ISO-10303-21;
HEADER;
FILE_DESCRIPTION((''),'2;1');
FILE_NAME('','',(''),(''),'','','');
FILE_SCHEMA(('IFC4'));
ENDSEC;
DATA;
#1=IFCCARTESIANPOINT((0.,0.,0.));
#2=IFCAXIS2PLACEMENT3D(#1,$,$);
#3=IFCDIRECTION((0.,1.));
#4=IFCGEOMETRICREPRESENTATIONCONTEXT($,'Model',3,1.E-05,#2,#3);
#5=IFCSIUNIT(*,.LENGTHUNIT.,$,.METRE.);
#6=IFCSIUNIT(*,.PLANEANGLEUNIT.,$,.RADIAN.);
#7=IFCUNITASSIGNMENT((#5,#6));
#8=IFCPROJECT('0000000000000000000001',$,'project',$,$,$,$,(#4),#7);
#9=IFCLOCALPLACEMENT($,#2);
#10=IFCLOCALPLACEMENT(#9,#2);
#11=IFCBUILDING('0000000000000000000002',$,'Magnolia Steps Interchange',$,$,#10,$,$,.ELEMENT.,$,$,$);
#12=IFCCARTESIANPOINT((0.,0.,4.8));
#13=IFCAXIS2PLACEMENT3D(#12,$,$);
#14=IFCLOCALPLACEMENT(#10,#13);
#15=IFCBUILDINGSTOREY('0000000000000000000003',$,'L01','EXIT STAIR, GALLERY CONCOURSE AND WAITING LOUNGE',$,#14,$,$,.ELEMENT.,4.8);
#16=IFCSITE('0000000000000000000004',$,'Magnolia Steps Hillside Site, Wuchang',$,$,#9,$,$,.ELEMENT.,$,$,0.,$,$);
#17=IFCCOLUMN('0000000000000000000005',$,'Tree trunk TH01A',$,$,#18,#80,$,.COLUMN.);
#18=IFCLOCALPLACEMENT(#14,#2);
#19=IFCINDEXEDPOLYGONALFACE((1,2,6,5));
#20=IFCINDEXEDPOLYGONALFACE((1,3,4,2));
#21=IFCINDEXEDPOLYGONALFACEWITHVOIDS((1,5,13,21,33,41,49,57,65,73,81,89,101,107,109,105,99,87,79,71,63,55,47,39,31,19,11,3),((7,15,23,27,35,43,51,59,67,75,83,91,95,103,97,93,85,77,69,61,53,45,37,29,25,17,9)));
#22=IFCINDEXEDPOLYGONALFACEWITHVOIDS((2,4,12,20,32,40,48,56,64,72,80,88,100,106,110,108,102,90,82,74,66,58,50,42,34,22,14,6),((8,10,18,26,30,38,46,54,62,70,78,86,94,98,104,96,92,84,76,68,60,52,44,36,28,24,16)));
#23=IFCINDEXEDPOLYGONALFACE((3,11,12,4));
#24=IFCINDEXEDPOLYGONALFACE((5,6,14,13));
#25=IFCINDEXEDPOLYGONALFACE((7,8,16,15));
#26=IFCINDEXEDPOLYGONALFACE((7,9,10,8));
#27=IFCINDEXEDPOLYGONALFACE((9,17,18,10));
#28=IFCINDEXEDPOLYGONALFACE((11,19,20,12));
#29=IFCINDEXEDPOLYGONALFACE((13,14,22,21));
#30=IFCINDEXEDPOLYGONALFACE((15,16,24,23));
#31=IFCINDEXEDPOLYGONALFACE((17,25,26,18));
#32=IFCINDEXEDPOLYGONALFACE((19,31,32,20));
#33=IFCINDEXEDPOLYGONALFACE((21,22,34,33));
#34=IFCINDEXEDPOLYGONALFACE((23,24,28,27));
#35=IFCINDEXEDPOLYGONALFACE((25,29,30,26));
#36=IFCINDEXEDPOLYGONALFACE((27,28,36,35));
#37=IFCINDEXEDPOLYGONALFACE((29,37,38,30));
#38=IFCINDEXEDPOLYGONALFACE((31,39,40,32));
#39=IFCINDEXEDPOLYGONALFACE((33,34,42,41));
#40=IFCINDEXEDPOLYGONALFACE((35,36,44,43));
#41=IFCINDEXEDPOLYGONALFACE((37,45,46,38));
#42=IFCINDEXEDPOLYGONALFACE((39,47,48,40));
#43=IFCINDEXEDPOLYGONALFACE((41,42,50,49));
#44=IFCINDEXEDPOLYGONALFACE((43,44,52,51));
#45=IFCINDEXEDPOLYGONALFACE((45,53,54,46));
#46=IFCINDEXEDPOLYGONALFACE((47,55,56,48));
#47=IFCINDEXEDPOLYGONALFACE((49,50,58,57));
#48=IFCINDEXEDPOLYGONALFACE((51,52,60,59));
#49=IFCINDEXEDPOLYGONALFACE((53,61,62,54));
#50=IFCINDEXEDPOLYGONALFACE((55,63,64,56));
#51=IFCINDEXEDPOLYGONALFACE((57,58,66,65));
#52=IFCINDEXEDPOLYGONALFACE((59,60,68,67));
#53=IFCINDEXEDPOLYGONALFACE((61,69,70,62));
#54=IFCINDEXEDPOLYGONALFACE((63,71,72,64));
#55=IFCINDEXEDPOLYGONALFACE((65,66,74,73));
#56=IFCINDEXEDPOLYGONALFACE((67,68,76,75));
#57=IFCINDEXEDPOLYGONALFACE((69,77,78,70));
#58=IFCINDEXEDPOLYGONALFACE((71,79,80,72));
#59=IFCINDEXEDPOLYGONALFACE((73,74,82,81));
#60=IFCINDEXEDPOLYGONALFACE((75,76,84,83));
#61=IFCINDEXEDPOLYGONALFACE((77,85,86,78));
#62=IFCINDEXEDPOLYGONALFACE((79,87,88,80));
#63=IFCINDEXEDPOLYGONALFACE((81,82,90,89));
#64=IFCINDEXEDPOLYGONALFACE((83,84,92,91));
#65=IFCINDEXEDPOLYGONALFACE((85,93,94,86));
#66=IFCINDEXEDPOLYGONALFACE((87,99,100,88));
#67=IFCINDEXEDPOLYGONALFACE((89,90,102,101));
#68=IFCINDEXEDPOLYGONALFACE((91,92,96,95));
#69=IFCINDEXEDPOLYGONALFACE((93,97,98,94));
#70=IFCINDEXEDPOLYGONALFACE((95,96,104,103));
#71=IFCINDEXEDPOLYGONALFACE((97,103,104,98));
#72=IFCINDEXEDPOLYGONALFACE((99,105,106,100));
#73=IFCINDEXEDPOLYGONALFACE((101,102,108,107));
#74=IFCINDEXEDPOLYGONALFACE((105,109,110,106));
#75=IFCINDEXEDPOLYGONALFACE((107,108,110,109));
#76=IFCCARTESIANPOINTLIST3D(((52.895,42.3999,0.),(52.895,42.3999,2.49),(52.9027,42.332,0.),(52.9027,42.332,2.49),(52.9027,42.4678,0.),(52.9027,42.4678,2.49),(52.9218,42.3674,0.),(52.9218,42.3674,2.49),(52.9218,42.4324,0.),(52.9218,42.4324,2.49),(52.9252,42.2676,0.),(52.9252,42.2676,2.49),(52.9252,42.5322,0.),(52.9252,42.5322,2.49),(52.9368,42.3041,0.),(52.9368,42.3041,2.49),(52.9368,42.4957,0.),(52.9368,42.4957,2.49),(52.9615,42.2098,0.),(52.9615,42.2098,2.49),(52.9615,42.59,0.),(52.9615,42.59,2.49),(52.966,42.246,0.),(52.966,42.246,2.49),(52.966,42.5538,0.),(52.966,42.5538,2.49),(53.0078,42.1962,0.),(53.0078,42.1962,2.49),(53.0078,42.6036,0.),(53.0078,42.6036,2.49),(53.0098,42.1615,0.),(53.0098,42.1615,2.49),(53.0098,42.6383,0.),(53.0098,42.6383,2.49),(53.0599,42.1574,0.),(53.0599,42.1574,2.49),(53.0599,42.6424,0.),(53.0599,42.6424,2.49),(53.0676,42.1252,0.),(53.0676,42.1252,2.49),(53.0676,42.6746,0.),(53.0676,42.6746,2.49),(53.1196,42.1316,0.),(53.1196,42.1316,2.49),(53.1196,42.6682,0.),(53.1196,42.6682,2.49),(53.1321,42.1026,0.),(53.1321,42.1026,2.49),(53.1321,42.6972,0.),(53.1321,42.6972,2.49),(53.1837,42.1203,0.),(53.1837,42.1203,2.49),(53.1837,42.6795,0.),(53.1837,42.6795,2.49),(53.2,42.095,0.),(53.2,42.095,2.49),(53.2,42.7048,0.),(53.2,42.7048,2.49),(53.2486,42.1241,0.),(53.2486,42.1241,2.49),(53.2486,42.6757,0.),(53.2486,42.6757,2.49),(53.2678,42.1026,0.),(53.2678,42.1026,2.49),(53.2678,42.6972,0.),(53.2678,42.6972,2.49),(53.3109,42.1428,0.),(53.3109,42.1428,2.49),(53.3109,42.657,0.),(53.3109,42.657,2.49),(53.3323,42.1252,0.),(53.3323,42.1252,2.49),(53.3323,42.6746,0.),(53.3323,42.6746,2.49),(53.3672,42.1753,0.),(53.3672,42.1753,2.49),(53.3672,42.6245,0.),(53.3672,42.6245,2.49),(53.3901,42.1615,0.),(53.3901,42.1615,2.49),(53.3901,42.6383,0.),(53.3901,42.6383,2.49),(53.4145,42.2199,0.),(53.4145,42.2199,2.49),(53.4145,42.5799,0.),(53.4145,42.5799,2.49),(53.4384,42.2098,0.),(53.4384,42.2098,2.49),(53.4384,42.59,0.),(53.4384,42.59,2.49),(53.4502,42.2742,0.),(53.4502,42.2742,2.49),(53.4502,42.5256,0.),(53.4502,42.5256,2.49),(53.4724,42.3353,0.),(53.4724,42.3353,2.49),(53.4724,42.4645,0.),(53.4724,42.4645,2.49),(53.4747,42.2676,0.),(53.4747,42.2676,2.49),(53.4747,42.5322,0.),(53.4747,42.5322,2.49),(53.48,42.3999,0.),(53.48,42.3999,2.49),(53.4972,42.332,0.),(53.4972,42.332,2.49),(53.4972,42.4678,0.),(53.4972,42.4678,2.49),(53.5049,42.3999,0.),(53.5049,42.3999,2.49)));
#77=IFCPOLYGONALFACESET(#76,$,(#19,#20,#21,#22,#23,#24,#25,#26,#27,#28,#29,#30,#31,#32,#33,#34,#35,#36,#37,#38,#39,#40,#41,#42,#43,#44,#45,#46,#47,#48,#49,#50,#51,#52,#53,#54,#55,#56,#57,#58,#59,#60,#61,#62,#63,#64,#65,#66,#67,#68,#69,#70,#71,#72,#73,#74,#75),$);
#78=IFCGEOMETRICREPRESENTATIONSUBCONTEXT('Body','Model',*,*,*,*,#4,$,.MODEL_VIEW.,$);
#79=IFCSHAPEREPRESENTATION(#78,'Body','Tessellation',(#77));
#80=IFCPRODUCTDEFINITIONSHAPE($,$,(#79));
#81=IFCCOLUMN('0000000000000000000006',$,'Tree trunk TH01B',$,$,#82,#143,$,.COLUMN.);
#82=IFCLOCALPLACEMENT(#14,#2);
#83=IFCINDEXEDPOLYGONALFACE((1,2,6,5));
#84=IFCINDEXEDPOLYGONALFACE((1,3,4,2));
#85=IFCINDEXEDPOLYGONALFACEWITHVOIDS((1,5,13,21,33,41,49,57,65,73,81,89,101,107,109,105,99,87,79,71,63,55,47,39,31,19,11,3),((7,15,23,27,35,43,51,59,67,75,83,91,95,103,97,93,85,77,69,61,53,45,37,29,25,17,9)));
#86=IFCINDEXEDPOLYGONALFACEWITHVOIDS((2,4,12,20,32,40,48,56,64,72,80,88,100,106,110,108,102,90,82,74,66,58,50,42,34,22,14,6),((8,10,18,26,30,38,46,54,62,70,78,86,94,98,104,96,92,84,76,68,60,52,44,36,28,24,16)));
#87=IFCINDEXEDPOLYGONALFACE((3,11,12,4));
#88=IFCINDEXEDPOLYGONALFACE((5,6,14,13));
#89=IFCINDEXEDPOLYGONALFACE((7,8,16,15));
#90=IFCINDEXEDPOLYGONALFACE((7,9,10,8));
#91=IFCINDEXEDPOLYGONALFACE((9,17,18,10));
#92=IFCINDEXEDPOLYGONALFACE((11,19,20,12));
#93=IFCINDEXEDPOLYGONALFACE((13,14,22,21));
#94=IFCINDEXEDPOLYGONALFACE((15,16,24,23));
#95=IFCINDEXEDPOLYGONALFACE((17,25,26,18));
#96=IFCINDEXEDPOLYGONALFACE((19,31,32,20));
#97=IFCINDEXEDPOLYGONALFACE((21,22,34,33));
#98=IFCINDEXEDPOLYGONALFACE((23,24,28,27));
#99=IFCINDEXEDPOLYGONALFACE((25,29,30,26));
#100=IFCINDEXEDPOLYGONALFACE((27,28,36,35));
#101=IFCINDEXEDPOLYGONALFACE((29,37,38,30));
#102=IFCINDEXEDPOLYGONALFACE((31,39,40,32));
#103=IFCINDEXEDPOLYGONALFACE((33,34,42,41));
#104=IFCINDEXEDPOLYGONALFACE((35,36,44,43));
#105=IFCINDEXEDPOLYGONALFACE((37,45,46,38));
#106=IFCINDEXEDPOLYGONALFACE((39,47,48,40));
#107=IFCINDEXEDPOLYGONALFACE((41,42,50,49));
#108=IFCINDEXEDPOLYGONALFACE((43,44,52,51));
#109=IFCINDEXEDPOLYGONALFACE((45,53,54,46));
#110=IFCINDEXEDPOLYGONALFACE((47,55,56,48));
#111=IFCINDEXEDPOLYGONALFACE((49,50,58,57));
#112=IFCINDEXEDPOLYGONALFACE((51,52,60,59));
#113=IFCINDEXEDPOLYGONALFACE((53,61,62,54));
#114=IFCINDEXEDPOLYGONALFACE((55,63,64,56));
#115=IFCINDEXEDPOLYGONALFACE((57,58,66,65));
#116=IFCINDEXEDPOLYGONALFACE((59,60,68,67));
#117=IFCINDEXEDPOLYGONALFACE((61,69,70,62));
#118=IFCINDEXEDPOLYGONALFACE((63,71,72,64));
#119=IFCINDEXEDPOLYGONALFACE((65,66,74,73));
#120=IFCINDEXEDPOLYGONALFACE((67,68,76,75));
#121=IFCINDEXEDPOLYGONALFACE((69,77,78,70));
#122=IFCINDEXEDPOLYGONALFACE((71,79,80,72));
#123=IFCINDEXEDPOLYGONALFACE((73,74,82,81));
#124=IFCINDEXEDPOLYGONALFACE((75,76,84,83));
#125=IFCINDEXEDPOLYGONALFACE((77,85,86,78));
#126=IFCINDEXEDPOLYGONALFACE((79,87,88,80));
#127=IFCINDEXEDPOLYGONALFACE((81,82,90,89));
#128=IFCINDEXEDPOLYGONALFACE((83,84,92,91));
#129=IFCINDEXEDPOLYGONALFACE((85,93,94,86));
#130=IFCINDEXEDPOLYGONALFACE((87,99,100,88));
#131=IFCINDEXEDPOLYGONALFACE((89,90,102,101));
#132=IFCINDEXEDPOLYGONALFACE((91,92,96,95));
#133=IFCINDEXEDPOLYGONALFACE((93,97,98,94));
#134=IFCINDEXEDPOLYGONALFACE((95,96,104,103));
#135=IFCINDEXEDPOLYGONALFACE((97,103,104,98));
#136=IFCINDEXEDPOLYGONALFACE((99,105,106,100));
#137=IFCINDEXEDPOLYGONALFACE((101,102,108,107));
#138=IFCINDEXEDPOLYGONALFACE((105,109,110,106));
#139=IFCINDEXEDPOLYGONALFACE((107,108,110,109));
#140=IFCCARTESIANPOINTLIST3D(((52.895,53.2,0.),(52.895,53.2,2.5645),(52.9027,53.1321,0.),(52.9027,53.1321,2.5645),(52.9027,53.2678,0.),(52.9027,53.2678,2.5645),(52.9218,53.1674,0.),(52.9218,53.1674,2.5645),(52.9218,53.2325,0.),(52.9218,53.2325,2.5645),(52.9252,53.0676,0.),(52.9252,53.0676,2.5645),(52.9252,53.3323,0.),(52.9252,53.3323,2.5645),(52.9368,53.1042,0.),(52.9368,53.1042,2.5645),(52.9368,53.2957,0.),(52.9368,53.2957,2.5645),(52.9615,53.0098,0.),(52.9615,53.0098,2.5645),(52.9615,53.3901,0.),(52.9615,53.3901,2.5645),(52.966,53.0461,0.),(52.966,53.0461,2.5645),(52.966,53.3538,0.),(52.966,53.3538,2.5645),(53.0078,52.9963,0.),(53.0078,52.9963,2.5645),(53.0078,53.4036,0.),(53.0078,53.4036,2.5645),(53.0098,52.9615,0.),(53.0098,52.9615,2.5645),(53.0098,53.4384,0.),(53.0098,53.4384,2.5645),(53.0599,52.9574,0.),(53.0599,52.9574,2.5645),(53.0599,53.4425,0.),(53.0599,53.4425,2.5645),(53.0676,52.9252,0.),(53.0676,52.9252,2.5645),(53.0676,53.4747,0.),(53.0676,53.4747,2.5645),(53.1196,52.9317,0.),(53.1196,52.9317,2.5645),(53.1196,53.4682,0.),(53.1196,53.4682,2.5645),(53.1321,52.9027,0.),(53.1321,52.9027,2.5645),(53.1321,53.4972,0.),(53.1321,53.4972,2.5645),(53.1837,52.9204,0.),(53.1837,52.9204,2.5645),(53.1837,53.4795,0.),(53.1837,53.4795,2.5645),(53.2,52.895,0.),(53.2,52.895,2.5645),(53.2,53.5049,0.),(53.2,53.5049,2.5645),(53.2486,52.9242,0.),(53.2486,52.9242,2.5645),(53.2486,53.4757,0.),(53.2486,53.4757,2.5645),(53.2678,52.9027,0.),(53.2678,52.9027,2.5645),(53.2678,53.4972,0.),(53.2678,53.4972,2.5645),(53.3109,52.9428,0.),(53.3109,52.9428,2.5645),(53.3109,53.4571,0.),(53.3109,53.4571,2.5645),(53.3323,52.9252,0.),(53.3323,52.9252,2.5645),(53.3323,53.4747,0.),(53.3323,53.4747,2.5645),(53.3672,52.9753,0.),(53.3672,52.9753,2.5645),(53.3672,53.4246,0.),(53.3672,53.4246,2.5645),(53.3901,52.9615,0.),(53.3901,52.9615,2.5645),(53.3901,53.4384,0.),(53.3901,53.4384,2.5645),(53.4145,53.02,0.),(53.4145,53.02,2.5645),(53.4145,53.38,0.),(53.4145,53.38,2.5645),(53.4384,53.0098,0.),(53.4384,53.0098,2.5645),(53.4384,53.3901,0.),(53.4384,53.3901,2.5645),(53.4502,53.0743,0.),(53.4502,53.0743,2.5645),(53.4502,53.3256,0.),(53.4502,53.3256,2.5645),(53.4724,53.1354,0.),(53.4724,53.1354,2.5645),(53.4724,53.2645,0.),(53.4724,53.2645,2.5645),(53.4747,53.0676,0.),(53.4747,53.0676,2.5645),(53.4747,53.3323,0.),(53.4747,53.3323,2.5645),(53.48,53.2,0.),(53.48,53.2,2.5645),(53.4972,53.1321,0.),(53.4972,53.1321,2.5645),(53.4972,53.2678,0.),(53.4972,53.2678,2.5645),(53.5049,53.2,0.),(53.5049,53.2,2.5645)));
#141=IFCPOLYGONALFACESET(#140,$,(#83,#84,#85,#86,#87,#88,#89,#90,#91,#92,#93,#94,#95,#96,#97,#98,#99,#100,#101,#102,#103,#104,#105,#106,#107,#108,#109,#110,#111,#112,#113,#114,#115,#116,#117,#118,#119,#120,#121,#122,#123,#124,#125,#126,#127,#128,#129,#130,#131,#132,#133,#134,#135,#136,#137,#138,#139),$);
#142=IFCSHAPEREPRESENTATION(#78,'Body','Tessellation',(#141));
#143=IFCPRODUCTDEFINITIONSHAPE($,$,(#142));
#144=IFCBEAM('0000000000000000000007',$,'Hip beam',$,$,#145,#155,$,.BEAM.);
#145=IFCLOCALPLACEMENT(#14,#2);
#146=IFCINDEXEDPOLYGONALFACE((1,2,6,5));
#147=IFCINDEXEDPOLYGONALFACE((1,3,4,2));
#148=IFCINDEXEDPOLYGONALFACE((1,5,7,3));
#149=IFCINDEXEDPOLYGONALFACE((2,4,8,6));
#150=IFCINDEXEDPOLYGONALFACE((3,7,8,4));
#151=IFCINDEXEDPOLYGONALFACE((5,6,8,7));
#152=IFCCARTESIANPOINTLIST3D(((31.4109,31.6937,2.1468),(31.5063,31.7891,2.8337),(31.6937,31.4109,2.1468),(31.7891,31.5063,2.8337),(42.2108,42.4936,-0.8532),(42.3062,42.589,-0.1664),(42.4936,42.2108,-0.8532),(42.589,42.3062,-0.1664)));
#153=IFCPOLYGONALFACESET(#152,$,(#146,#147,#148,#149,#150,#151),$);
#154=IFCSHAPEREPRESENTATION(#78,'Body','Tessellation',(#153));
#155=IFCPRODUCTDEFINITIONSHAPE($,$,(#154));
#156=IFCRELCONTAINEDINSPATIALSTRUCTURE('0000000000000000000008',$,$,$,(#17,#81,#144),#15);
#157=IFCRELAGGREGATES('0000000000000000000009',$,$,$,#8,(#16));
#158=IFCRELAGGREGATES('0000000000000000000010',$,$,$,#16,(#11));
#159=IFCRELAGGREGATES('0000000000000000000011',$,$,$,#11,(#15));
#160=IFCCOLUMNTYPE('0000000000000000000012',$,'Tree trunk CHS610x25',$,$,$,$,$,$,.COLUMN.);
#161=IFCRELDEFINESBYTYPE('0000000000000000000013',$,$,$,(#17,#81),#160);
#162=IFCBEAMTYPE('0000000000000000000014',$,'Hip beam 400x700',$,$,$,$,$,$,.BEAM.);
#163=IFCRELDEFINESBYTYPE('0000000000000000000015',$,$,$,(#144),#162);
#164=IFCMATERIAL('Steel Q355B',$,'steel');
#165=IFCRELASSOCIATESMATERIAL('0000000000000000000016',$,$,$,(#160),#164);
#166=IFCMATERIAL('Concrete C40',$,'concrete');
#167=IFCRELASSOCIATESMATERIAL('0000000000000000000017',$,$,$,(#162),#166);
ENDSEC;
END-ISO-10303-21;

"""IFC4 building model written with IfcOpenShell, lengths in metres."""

from ifc_helpers import new_model, si_unit, direction, frame, origin, origin_2d, place, context, subcontext, project, spatial, rectangle, hollow_circle, extrude, material, material_profile, profile_set, type_object, element, save


model = new_model("IFC4")

# Units and contexts
model_context = context("Model", 3, precision=1e-05, world=origin(), true_north=direction((0.0, 1.0)))
body_context = subcontext(model_context, "Body", "Model", "MODEL_VIEW")
ifc_project = project(units=[si_unit("LENGTHUNIT", "METRE"), si_unit("PLANEANGLEUNIT", "RADIAN")], contexts=[model_context])

# Site, building, storey
site_placement = place(None, origin())
site = spatial("IfcSite", under=ifc_project, at=site_placement, Name="Magnolia Steps Hillside Site, Wuchang", CompositionType="ELEMENT", RefElevation=0.0)
building_placement = place(site_placement, origin())
building = spatial("IfcBuilding", under=site, at=building_placement, Name="Magnolia Steps Interchange", CompositionType="ELEMENT")
storey_placement = place(building_placement, frame((0.0, 0.0, 4.8)))
storey = spatial("IfcBuildingStorey", under=building, at=storey_placement, Name="L01", Description="EXIT STAIR, GALLERY CONCOURSE AND WAITING LOUNGE", CompositionType="ELEMENT", Elevation=4.8)

# Columns
ifc_material_1 = material(Name="Steel Q355B", Category="steel")
ifc_material_profile_1 = material_profile(ifc_material_1, hollow_circle(Radius=0.3049, WallThickness=0.0249, at=origin_2d()), Name="CHS610x25")
ifc_profile_set_1 = profile_set([ifc_material_profile_1], Name="Steel Q355B")
column_type = type_object("IfcColumnType", Name="Tree trunk CHS610x25", PredefinedType="COLUMN", material=ifc_profile_set_1)
column_1_placement = place(storey_placement, frame((53.2, 42.3999, 0.0), z_axis=(0.0, 0.0, 1.0), x_axis=(1.0, 0.0, 0.0)))
element("IfcColumn", 1, at=column_1_placement, inside=storey, type_object=column_type, Name="Tree trunk TH01A", PredefinedType="COLUMN", context=body_context, shape_type="SweptSolid", body=[
    extrude(hollow_circle(Radius=0.3049, WallThickness=0.0249, at=origin_2d()), origin(), (0.0, 0.0, 1.0), 2.49),
])
column_2_placement = place(storey_placement, frame((53.2, 53.2, 0.0), z_axis=(0.0, 0.0, 1.0), x_axis=(1.0, 0.0, 0.0)))
element("IfcColumn", 2, at=column_2_placement, inside=storey, type_object=column_type, Name="Tree trunk TH01B", PredefinedType="COLUMN", context=body_context, shape_type="SweptSolid", body=[
    extrude(hollow_circle(Radius=0.3049, WallThickness=0.0249, at=origin_2d()), origin(), (0.0, 0.0, 1.0), 2.5645),
])

# Beam
ifc_material_2 = material(Name="Concrete C40", Category="concrete")
ifc_material_profile_2 = material_profile(ifc_material_2, rectangle(XDim=0.3999, YDim=0.7, at=origin_2d()), Name="RC400x700")
ifc_profile_set_2 = profile_set([ifc_material_profile_2], Name="Concrete C40")
beam_type = type_object("IfcBeamType", Name="Hip beam 400x700", PredefinedType="BEAM", material=ifc_profile_set_2)
beam_placement = place(storey_placement, frame((42.3999, 42.3999, -0.5098), z_axis=(-0.693849, -0.693849, 0.192739), x_axis=(0.707107, -0.707107, 0.0)))
element("IfcBeam", 3, at=beam_placement, inside=storey, type_object=beam_type, Name="Hip beam", PredefinedType="BEAM", context=body_context, shape_type="SweptSolid", body=[
    extrude(rectangle(XDim=0.3999, YDim=0.7, at=origin_2d()), origin(), (0.0, 0.0, 1.0), 15.5652),
])

save(model, "model.ifc")
